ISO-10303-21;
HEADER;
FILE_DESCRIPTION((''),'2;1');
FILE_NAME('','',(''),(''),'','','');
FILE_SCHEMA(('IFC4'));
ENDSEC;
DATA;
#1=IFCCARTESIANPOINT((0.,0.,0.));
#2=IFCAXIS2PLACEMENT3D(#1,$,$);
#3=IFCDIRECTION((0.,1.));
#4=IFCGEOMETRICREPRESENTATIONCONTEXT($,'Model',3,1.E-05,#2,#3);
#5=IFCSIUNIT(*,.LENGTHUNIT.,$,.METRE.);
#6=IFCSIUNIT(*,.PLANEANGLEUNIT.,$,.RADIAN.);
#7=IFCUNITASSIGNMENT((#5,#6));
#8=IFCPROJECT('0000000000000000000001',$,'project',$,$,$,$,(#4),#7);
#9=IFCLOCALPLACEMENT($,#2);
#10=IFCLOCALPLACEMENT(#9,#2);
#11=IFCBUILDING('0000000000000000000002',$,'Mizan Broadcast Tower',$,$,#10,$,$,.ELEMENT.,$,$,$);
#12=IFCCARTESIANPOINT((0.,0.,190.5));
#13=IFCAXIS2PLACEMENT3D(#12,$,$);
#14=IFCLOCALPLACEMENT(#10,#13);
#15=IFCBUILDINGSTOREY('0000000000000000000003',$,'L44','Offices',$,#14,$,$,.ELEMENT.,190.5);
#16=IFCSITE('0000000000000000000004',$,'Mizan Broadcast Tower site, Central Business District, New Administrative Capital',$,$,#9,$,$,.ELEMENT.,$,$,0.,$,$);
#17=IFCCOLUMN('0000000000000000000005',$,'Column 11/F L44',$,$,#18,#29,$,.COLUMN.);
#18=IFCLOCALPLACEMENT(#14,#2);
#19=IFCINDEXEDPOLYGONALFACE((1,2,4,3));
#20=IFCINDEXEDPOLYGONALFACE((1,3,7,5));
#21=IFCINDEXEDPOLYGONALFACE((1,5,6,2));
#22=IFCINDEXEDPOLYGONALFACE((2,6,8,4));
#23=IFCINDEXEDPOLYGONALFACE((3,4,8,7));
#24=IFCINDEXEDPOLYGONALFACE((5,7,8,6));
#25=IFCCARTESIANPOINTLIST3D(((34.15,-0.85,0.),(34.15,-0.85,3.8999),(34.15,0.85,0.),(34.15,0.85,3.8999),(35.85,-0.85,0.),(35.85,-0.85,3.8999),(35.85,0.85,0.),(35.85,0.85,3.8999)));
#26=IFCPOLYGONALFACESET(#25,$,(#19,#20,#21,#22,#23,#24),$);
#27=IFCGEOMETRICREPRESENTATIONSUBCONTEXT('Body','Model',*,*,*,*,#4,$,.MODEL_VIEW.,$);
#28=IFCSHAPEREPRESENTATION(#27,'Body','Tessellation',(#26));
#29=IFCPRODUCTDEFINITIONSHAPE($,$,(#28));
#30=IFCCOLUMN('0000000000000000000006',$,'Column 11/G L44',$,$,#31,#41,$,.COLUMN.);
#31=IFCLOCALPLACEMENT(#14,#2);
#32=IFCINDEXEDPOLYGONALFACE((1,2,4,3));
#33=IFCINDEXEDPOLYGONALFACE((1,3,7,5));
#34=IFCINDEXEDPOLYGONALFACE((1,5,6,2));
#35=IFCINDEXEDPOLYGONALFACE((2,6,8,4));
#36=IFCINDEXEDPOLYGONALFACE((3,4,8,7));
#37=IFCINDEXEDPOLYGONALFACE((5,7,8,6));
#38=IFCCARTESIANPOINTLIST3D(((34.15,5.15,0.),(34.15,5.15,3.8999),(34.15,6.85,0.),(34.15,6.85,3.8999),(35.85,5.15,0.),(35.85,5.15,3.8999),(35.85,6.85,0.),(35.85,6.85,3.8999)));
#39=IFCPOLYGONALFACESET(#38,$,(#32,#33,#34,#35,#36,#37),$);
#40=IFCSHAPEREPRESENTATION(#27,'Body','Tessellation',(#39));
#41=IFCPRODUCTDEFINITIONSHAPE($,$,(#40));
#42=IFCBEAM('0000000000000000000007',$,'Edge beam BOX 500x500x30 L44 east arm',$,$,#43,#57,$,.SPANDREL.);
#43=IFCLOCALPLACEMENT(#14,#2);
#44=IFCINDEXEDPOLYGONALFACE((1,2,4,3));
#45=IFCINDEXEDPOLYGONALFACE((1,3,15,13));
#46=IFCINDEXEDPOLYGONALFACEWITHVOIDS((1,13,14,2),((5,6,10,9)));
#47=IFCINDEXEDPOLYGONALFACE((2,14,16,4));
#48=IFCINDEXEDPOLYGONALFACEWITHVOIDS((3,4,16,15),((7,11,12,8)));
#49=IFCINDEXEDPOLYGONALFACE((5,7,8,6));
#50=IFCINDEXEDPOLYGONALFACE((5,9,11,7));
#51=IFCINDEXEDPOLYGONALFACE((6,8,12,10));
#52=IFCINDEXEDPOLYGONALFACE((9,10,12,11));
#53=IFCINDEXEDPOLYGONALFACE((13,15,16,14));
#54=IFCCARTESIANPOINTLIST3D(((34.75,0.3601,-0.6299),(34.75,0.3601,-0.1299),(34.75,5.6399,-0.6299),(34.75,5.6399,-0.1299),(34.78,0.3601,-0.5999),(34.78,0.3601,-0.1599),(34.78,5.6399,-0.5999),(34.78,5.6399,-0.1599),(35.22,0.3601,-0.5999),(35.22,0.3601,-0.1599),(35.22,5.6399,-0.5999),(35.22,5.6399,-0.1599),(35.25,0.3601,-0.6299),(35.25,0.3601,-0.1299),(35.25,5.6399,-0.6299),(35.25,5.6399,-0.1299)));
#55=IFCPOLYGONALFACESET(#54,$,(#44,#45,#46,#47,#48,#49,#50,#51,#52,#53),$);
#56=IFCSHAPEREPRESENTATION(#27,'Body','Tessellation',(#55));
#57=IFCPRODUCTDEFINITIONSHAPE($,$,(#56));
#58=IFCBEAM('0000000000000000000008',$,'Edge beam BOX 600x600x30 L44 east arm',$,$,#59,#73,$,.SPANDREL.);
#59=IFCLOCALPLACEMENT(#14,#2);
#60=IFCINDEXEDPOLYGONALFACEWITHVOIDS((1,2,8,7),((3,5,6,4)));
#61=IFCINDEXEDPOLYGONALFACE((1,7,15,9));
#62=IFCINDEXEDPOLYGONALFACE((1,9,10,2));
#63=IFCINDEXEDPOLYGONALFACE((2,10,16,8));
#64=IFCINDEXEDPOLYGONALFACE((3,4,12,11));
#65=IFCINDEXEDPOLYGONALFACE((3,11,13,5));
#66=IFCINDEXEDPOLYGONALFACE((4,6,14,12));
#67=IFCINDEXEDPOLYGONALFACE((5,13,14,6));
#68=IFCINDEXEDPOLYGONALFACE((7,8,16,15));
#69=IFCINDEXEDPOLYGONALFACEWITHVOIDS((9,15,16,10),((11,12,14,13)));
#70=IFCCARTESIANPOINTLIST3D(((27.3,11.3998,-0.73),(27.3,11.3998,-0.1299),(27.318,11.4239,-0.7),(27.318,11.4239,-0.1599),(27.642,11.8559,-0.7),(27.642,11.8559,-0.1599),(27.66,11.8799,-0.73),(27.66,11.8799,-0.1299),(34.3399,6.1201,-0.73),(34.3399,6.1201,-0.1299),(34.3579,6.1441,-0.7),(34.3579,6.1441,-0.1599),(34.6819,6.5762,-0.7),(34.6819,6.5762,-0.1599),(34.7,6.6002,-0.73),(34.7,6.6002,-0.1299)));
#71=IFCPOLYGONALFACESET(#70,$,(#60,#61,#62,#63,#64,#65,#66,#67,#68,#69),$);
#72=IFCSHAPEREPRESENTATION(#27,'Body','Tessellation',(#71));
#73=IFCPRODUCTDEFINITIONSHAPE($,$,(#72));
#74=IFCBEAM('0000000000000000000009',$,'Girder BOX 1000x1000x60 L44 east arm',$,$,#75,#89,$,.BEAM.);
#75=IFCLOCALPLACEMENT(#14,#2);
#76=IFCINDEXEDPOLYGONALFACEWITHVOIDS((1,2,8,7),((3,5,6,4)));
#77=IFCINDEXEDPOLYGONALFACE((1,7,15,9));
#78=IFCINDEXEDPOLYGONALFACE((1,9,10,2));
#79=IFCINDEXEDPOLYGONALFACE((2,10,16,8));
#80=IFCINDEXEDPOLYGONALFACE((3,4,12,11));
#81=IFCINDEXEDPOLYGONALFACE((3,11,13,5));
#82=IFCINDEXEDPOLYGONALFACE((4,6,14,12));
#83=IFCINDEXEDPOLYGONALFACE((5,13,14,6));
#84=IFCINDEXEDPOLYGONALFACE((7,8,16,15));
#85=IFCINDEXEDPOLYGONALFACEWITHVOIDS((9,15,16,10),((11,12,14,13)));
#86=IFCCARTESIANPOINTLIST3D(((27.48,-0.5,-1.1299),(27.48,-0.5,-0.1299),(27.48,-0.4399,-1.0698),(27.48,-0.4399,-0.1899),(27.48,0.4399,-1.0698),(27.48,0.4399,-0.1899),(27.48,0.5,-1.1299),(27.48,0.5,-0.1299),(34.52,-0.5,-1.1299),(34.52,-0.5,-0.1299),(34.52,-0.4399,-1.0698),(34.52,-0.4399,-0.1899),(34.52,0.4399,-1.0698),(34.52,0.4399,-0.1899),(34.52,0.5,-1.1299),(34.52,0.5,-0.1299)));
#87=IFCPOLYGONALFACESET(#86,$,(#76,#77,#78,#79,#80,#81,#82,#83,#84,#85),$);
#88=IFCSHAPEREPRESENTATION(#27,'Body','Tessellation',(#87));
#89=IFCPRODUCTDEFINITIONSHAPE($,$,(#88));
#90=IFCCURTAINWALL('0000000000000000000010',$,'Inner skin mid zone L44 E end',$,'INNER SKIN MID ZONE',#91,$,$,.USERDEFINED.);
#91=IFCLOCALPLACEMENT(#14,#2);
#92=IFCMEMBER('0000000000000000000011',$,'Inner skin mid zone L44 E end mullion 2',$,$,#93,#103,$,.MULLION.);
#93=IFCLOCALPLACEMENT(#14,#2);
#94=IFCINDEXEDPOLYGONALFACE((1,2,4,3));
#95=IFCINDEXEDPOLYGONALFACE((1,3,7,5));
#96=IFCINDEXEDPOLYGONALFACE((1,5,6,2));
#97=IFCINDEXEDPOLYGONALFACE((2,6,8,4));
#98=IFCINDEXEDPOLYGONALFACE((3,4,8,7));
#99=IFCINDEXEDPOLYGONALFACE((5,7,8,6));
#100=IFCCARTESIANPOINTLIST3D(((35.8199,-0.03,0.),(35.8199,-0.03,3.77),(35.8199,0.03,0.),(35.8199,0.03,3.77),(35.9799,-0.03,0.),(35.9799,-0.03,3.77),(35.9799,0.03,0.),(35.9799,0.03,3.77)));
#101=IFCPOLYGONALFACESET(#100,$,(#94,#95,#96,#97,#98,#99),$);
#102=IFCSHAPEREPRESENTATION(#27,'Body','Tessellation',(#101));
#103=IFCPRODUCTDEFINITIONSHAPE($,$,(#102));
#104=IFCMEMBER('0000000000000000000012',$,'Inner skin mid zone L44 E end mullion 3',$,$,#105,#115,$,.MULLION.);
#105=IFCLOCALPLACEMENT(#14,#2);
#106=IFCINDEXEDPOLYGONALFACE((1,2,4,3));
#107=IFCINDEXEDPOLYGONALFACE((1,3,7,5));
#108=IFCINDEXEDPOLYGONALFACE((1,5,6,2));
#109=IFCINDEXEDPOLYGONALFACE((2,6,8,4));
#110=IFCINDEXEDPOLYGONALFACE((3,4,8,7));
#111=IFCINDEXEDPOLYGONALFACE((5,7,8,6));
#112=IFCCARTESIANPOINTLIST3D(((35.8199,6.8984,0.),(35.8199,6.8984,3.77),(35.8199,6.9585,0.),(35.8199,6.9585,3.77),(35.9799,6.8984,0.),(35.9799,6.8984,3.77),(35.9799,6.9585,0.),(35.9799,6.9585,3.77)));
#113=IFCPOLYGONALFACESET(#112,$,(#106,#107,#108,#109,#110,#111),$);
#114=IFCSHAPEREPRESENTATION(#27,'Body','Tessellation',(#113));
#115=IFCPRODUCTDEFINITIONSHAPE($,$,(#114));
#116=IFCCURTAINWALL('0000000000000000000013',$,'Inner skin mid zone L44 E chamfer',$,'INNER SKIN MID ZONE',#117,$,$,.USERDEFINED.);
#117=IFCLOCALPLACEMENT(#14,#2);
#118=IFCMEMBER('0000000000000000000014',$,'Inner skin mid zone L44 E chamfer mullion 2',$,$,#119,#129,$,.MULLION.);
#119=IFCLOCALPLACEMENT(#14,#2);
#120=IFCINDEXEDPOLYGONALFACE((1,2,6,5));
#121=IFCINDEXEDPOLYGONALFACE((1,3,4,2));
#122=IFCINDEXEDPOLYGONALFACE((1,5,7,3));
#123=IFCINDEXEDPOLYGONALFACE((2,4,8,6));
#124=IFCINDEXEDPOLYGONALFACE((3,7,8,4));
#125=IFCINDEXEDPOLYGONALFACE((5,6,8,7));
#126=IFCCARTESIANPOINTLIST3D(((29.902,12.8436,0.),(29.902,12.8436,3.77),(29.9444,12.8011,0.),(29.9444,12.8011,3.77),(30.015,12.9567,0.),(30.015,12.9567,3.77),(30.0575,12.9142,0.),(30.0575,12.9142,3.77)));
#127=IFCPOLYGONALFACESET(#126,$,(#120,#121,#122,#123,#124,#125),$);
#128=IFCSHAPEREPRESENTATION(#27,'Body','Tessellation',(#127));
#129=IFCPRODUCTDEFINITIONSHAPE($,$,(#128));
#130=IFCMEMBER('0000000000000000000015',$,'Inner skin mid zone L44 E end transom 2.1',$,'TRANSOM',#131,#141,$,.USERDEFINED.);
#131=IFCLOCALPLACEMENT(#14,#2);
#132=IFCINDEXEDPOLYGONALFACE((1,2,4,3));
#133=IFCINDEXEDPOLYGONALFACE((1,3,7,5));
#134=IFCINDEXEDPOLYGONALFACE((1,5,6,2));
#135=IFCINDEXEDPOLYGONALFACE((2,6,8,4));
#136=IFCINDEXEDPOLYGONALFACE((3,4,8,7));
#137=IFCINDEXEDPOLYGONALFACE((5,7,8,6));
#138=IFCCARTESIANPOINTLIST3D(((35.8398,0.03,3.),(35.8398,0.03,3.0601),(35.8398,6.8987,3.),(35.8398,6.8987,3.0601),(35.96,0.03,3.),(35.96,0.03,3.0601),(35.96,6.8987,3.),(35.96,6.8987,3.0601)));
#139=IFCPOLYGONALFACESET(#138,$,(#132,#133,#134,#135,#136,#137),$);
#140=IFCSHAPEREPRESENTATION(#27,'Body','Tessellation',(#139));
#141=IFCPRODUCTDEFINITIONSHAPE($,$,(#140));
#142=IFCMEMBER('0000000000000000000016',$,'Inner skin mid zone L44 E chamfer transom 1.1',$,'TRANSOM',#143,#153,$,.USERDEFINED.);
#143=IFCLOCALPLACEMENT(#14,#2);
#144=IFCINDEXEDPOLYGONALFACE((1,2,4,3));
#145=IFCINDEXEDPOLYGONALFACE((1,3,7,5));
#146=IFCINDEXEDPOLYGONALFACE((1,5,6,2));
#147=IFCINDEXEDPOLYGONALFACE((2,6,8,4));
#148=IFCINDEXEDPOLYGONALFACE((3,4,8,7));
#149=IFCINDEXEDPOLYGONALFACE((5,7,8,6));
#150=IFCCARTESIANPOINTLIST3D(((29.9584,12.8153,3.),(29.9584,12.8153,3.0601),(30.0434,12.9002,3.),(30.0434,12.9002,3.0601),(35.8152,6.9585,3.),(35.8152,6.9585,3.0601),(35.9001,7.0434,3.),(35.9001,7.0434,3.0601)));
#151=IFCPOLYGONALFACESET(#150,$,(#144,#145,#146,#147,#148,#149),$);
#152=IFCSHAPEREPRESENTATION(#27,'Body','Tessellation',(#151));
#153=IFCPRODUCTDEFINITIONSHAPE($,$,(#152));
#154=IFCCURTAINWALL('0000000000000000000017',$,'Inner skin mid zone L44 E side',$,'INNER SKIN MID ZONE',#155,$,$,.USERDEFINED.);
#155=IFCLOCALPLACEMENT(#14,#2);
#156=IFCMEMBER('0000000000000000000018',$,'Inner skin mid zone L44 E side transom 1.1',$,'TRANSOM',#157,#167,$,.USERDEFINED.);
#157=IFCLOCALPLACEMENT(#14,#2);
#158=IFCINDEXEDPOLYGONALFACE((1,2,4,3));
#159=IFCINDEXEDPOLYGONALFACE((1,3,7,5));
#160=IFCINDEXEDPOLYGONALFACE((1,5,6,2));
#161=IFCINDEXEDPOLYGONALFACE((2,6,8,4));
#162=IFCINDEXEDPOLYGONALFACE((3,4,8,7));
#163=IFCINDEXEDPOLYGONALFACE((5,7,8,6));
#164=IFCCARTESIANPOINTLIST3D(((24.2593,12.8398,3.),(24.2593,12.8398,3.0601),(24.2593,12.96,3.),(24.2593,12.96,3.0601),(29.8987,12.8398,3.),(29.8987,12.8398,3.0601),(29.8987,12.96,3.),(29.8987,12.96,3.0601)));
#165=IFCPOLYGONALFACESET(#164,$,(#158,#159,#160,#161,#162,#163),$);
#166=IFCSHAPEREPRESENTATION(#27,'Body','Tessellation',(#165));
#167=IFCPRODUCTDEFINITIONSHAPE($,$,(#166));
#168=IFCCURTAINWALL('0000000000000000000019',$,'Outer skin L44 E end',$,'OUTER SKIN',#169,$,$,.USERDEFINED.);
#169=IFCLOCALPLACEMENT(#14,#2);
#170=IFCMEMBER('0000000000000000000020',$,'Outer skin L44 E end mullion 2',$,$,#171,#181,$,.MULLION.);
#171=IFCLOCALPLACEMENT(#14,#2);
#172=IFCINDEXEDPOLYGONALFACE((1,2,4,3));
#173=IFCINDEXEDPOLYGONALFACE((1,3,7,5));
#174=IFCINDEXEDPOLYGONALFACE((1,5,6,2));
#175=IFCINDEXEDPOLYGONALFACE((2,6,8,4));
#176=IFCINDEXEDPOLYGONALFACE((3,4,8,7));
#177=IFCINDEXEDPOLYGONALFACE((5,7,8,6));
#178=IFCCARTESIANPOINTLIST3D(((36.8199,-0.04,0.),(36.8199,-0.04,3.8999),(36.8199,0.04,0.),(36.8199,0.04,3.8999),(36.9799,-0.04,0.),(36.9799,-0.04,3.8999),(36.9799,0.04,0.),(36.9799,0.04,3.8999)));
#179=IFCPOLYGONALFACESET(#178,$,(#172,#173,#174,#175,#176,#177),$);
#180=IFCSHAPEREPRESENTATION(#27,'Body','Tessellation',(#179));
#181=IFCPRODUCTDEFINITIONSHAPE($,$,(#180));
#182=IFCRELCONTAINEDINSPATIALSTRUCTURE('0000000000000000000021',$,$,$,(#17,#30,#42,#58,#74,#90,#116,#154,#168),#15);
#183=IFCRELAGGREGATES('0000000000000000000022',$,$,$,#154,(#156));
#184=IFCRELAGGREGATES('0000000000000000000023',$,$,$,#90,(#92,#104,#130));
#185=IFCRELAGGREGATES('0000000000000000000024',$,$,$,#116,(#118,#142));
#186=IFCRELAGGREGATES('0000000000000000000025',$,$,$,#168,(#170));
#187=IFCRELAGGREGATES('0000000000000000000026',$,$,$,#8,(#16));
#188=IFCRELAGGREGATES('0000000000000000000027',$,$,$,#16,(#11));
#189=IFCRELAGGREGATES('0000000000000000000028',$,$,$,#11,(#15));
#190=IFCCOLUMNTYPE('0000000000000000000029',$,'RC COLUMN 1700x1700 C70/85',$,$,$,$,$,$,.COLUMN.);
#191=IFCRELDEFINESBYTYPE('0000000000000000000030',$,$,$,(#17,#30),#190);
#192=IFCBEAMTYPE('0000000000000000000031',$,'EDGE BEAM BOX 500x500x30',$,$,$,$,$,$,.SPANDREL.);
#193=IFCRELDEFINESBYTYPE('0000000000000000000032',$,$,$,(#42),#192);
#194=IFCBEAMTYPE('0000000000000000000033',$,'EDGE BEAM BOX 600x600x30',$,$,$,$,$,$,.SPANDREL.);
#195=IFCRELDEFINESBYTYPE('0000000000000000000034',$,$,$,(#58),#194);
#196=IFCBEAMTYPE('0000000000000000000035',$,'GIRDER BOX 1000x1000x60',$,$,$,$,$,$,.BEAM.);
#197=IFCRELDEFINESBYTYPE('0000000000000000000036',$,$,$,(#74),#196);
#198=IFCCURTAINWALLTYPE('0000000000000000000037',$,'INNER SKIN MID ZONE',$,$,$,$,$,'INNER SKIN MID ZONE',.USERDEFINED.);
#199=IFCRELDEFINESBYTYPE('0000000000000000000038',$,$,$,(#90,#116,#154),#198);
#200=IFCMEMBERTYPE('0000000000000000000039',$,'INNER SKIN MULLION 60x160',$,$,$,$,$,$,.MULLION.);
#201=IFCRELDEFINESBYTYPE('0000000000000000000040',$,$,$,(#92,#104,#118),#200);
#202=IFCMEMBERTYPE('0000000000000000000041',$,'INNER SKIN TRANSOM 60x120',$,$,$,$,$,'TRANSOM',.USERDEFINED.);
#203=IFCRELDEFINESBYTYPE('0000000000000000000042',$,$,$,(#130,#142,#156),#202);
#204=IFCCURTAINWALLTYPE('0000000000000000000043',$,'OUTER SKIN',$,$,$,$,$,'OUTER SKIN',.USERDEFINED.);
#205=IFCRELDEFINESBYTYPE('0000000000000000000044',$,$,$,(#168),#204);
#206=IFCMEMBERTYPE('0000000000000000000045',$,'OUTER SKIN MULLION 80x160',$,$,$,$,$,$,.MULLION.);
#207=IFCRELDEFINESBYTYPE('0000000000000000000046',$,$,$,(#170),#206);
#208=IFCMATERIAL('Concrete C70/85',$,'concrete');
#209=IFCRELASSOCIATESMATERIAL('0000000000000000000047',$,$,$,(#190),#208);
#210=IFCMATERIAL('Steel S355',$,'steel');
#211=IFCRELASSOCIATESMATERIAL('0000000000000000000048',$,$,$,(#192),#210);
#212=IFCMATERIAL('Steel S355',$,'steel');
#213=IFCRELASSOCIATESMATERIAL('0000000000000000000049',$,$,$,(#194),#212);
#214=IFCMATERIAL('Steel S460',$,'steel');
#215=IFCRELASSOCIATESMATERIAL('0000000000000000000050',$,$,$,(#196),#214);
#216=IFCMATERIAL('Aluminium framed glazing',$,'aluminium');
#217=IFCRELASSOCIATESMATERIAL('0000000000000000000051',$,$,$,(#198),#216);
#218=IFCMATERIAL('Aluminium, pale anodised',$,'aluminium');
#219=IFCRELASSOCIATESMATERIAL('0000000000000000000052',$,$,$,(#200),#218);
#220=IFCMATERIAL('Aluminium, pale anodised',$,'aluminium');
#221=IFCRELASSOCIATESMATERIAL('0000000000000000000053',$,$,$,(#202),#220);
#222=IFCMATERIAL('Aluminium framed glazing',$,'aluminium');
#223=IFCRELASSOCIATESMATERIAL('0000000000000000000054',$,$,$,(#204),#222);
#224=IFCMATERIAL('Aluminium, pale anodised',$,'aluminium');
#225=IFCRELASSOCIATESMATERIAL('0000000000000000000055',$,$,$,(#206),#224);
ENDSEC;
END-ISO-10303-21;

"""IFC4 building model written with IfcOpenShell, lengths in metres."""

from ifc_helpers import new_model, si_unit, direction, frame, origin, origin_2d, place, context, subcontext, project, spatial, rectangle, hollow_rectangle, extrude, material, material_profile, profile_set, type_object, element, aggregate, save


model = new_model("IFC4")

# Units and contexts
model_context = context("Model", 3, precision=1e-05, world=origin(), true_north=direction((0.0, 1.0)))
body_context = subcontext(model_context, "Body", "Model", "MODEL_VIEW")
ifc_project = project(units=[si_unit("LENGTHUNIT", "METRE"), si_unit("PLANEANGLEUNIT", "RADIAN")], contexts=[model_context])

# Site, building, storey
site_placement = place(None, origin())
site = spatial("IfcSite", under=ifc_project, at=site_placement, Name="Mizan Broadcast Tower site, Central Business District, New Administrative Capital", CompositionType="ELEMENT", RefElevation=0.0)
building_placement = place(site_placement, origin())
building = spatial("IfcBuilding", under=site, at=building_placement, Name="Mizan Broadcast Tower", CompositionType="ELEMENT")
storey_placement = place(building_placement, frame((0.0, 0.0, 190.5)))
storey = spatial("IfcBuildingStorey", under=building, at=storey_placement, Name="L44", Description="Offices", CompositionType="ELEMENT", Elevation=190.5)

# Columns
ifc_material_1 = material(Name="Concrete C70/85", Category="concrete")
ifc_material_profile_1 = material_profile(ifc_material_1, rectangle(XDim=1.7, YDim=1.7, at=origin_2d()), Name="RC 1700x1700")
ifc_profile_set_1 = profile_set([ifc_material_profile_1], Name="Concrete C70/85")
column_type = type_object("IfcColumnType", Name="RC COLUMN 1700x1700 C70/85", PredefinedType="COLUMN", material=ifc_profile_set_1)
for number, where, z_axis, x_axis, name in (
    (1, (35.0, 0.0, 0.0), (0.0, 0.0, 1.0), (1.0, 0.0, 0.0), "Column 11/F L44"),
    (2, (35.0, 6.0, 0.0), (0.0, 0.0, 1.0), (1.0, 0.0, 0.0), "Column 11/G L44"),
):
    element("IfcColumn", number, at=place(storey_placement, frame(where, z_axis=z_axis, x_axis=x_axis)), inside=storey, type_object=column_type, Name=name, PredefinedType="COLUMN", context=body_context, shape_type="SweptSolid", body=[
        extrude(rectangle(XDim=1.7, YDim=1.7, at=origin_2d()), origin(), (0.0, 0.0, 1.0), 3.8999),
    ])

# Beams
ifc_material_2 = material(Name="Steel S355", Category="steel")
ifc_material_profile_2 = material_profile(ifc_material_2, hollow_rectangle(XDim=0.5, YDim=0.5, WallThickness=0.03, at=origin_2d()), Name="BOX 500x500x30")
ifc_profile_set_2 = profile_set([ifc_material_profile_2], Name="Steel S355")
beam_type_1 = type_object("IfcBeamType", Name="EDGE BEAM BOX 500x500x30", PredefinedType="SPANDREL", material=ifc_profile_set_2)
beam_1_placement = place(storey_placement, frame((35.0, 5.6399, -0.3799), z_axis=(0.0, -1.0, 0.0), x_axis=(1.0, 0.0, 0.0)))
element("IfcBeam", 3, at=beam_1_placement, inside=storey, type_object=beam_type_1, Name="Edge beam BOX 500x500x30 L44 east arm", PredefinedType="SPANDREL", context=body_context, shape_type="SweptSolid", body=[
    extrude(hollow_rectangle(XDim=0.5, YDim=0.5, WallThickness=0.03, at=origin_2d()), origin(), (0.0, 0.0, 1.0), 5.2798),
])
ifc_material_3 = material(Name="Steel S355", Category="steel")
ifc_material_profile_3 = material_profile(ifc_material_3, hollow_rectangle(XDim=0.6001, YDim=0.6001, WallThickness=0.03, at=origin_2d()), Name="BOX 600x600x30")
ifc_profile_set_3 = profile_set([ifc_material_profile_3], Name="Steel S355")
beam_type_2 = type_object("IfcBeamType", Name="EDGE BEAM BOX 600x600x30", PredefinedType="SPANDREL", material=ifc_profile_set_3)
beam_2_placement = place(storey_placement, frame((27.48, 11.6399, -0.4299), z_axis=(0.800013, -0.599982, 0.0), x_axis=(0.599982, 0.800013, 0.0)))
element("IfcBeam", 4, at=beam_2_placement, inside=storey, type_object=beam_type_2, Name="Edge beam BOX 600x600x30 L44 east arm", PredefinedType="SPANDREL", context=body_context, shape_type="SweptSolid", body=[
    extrude(hollow_rectangle(XDim=0.6001, YDim=0.6001, WallThickness=0.03, at=origin_2d()), origin(), (0.0, 0.0, 1.0), 8.7998),
])
ifc_material_4 = material(Name="Steel S460", Category="steel")
ifc_material_profile_4 = material_profile(ifc_material_4, hollow_rectangle(XDim=1.0, YDim=1.0, WallThickness=0.0601, at=origin_2d()), Name="BOX 1000x1000x60")
ifc_profile_set_4 = profile_set([ifc_material_profile_4], Name="Steel S460")
beam_type_3 = type_object("IfcBeamType", Name="GIRDER BOX 1000x1000x60", PredefinedType="BEAM", material=ifc_profile_set_4)
beam_3_placement = place(storey_placement, frame((27.48, 0.0, -0.6299), z_axis=(1.0, 0.0, 0.0), x_axis=(0.0, 1.0, 0.0)))
element("IfcBeam", 5, at=beam_3_placement, inside=storey, type_object=beam_type_3, Name="Girder BOX 1000x1000x60 L44 east arm", PredefinedType="BEAM", context=body_context, shape_type="SweptSolid", body=[
    extrude(hollow_rectangle(XDim=1.0, YDim=1.0, WallThickness=0.0601, at=origin_2d()), origin(), (0.0, 0.0, 1.0), 7.04),
])

# Curtain wall, members
ifc_material_5 = material(Name="Aluminium framed glazing", Category="aluminium")
curtain_wall_type_1 = type_object("IfcCurtainWallType", Name="INNER SKIN MID ZONE", ElementType="INNER SKIN MID ZONE", PredefinedType="USERDEFINED", material=ifc_material_5)
curtain_wall_1_placement = place(storey_placement, origin())
curtain_wall_1 = element("IfcCurtainWall", 6, at=curtain_wall_1_placement, inside=storey, type_object=curtain_wall_type_1, Name="Inner skin mid zone L44 E end", ObjectType="INNER SKIN MID ZONE", PredefinedType="USERDEFINED")
ifc_material_6 = material(Name="Aluminium, pale anodised", Category="aluminium")
ifc_material_profile_5 = material_profile(ifc_material_6, rectangle(XDim=0.1599, YDim=0.0601, at=origin_2d()), Name="MULLION 160x60")
ifc_profile_set_5 = profile_set([ifc_material_profile_5], Name="Aluminium, pale anodised")
member_type_1 = type_object("IfcMemberType", Name="INNER SKIN MULLION 60x160", PredefinedType="MULLION", material=ifc_profile_set_5)
member_1_placement = place(storey_placement, frame((35.8999, 0.0, 0.0), z_axis=(0.0, 0.0, 1.0), x_axis=(-1.0, 0.0, 0.0)))
member_1 = element("IfcMember", 7, at=member_1_placement, type_object=member_type_1, Name="Inner skin mid zone L44 E end mullion 2", PredefinedType="MULLION", context=body_context, shape_type="SweptSolid", body=[
    extrude(rectangle(XDim=0.1599, YDim=0.0601, at=origin_2d()), origin(), (0.0, 0.0, 1.0), 3.77),
])
member_2_placement = place(storey_placement, frame((35.8999, 6.9285, 0.0), z_axis=(0.0, 0.0, 1.0), x_axis=(-1.0, 0.0, 0.0)))
member_2 = element("IfcMember", 8, at=member_2_placement, type_object=member_type_1, Name="Inner skin mid zone L44 E end mullion 3", PredefinedType="MULLION", context=body_context, shape_type="SweptSolid", body=[
    extrude(rectangle(XDim=0.1599, YDim=0.0601, at=origin_2d()), origin(), (0.0, 0.0, 1.0), 3.77),
])

# Curtain wall, member
curtain_wall_2_placement = place(storey_placement, origin())
curtain_wall_2 = element("IfcCurtainWall", 9, at=curtain_wall_2_placement, inside=storey, type_object=curtain_wall_type_1, Name="Inner skin mid zone L44 E chamfer", ObjectType="INNER SKIN MID ZONE", PredefinedType="USERDEFINED")
member_3_placement = place(storey_placement, frame((29.9797, 12.8789, 0.0), z_axis=(0.0, 0.0, 1.0), x_axis=(-0.707107, -0.707107, 0.0)))
member_3 = element("IfcMember", 10, at=member_3_placement, type_object=member_type_1, Name="Inner skin mid zone L44 E chamfer mullion 2", PredefinedType="MULLION", context=body_context, shape_type="SweptSolid", body=[
    extrude(rectangle(XDim=0.1599, YDim=0.0601, at=origin_2d()), origin(), (0.0, 0.0, 1.0), 3.77),
])

# Members
ifc_material_7 = material(Name="Aluminium, pale anodised", Category="aluminium")
ifc_material_profile_6 = material_profile(ifc_material_7, rectangle(XDim=0.1201, YDim=0.0601, at=origin_2d()), Name="TRANSOM 120x60")
ifc_profile_set_6 = profile_set([ifc_material_profile_6], Name="Aluminium, pale anodised")
member_type_2 = type_object("IfcMemberType", Name="INNER SKIN TRANSOM 60x120", ElementType="TRANSOM", PredefinedType="USERDEFINED", material=ifc_profile_set_6)
member_4_placement = place(storey_placement, frame((35.8999, 0.03, 3.03), z_axis=(0.0, 1.0, 0.0), x_axis=(-1.0, 0.0, 0.0)))
member_4 = element("IfcMember", 11, at=member_4_placement, type_object=member_type_2, Name="Inner skin mid zone L44 E end transom 2.1", ObjectType="TRANSOM", PredefinedType="USERDEFINED", context=body_context, shape_type="SweptSolid", body=[
    extrude(rectangle(XDim=0.1201, YDim=0.0601, at=origin_2d()), origin(), (0.0, 0.0, 1.0), 6.8687),
])
member_5_placement = place(storey_placement, frame((35.8577, 7.001, 3.03), z_axis=(-0.707107, 0.707107, 0.0), x_axis=(-0.707107, -0.707107, 0.0)))
member_5 = element("IfcMember", 12, at=member_5_placement, type_object=member_type_2, Name="Inner skin mid zone L44 E chamfer transom 1.1", ObjectType="TRANSOM", PredefinedType="USERDEFINED", context=body_context, shape_type="SweptSolid", body=[
    extrude(rectangle(XDim=0.1201, YDim=0.0601, at=origin_2d()), origin(), (0.0, 0.0, 1.0), 8.2827),
])

# Curtain wall, member
curtain_wall_3_placement = place(storey_placement, origin())
curtain_wall_3 = element("IfcCurtainWall", 13, at=curtain_wall_3_placement, inside=storey, type_object=curtain_wall_type_1, Name="Inner skin mid zone L44 E side", ObjectType="INNER SKIN MID ZONE", PredefinedType="USERDEFINED")
member_6_placement = place(storey_placement, frame((29.8987, 12.8999, 3.03), z_axis=(-1.0, 0.0, 0.0), x_axis=(0.0, -1.0, 0.0)))
member_6 = element("IfcMember", 14, at=member_6_placement, type_object=member_type_2, Name="Inner skin mid zone L44 E side transom 1.1", ObjectType="TRANSOM", PredefinedType="USERDEFINED", context=body_context, shape_type="SweptSolid", body=[
    extrude(rectangle(XDim=0.1201, YDim=0.0601, at=origin_2d()), origin(), (0.0, 0.0, 1.0), 5.6394),
])
aggregate(curtain_wall_3, [member_6])

# Curtain wall, member
ifc_material_8 = material(Name="Aluminium framed glazing", Category="aluminium")
curtain_wall_type_2 = type_object("IfcCurtainWallType", Name="OUTER SKIN", ElementType="OUTER SKIN", PredefinedType="USERDEFINED", material=ifc_material_8)
curtain_wall_4_placement = place(storey_placement, origin())
curtain_wall_4 = element("IfcCurtainWall", 15, at=curtain_wall_4_placement, inside=storey, type_object=curtain_wall_type_2, Name="Outer skin L44 E end", ObjectType="OUTER SKIN", PredefinedType="USERDEFINED")
ifc_material_9 = material(Name="Aluminium, pale anodised", Category="aluminium")
ifc_material_profile_7 = material_profile(ifc_material_9, rectangle(XDim=0.1599, YDim=0.0801, at=origin_2d()), Name="MULLION 160x80")
ifc_profile_set_7 = profile_set([ifc_material_profile_7], Name="Aluminium, pale anodised")
member_type_3 = type_object("IfcMemberType", Name="OUTER SKIN MULLION 80x160", PredefinedType="MULLION", material=ifc_profile_set_7)
member_7_placement = place(storey_placement, frame((36.8999, 0.0, 0.0), z_axis=(0.0, 0.0, 1.0), x_axis=(-1.0, 0.0, 0.0)))
member_7 = element("IfcMember", 16, at=member_7_placement, type_object=member_type_3, Name="Outer skin L44 E end mullion 2", PredefinedType="MULLION", context=body_context, shape_type="SweptSolid", body=[
    extrude(rectangle(XDim=0.1599, YDim=0.0801, at=origin_2d()), origin(), (0.0, 0.0, 1.0), 3.8999),
])

aggregate(curtain_wall_1, [member_1, member_2, member_4])
aggregate(curtain_wall_2, [member_3, member_5])
aggregate(curtain_wall_4, [member_7])

save(model, "model.ifc")
